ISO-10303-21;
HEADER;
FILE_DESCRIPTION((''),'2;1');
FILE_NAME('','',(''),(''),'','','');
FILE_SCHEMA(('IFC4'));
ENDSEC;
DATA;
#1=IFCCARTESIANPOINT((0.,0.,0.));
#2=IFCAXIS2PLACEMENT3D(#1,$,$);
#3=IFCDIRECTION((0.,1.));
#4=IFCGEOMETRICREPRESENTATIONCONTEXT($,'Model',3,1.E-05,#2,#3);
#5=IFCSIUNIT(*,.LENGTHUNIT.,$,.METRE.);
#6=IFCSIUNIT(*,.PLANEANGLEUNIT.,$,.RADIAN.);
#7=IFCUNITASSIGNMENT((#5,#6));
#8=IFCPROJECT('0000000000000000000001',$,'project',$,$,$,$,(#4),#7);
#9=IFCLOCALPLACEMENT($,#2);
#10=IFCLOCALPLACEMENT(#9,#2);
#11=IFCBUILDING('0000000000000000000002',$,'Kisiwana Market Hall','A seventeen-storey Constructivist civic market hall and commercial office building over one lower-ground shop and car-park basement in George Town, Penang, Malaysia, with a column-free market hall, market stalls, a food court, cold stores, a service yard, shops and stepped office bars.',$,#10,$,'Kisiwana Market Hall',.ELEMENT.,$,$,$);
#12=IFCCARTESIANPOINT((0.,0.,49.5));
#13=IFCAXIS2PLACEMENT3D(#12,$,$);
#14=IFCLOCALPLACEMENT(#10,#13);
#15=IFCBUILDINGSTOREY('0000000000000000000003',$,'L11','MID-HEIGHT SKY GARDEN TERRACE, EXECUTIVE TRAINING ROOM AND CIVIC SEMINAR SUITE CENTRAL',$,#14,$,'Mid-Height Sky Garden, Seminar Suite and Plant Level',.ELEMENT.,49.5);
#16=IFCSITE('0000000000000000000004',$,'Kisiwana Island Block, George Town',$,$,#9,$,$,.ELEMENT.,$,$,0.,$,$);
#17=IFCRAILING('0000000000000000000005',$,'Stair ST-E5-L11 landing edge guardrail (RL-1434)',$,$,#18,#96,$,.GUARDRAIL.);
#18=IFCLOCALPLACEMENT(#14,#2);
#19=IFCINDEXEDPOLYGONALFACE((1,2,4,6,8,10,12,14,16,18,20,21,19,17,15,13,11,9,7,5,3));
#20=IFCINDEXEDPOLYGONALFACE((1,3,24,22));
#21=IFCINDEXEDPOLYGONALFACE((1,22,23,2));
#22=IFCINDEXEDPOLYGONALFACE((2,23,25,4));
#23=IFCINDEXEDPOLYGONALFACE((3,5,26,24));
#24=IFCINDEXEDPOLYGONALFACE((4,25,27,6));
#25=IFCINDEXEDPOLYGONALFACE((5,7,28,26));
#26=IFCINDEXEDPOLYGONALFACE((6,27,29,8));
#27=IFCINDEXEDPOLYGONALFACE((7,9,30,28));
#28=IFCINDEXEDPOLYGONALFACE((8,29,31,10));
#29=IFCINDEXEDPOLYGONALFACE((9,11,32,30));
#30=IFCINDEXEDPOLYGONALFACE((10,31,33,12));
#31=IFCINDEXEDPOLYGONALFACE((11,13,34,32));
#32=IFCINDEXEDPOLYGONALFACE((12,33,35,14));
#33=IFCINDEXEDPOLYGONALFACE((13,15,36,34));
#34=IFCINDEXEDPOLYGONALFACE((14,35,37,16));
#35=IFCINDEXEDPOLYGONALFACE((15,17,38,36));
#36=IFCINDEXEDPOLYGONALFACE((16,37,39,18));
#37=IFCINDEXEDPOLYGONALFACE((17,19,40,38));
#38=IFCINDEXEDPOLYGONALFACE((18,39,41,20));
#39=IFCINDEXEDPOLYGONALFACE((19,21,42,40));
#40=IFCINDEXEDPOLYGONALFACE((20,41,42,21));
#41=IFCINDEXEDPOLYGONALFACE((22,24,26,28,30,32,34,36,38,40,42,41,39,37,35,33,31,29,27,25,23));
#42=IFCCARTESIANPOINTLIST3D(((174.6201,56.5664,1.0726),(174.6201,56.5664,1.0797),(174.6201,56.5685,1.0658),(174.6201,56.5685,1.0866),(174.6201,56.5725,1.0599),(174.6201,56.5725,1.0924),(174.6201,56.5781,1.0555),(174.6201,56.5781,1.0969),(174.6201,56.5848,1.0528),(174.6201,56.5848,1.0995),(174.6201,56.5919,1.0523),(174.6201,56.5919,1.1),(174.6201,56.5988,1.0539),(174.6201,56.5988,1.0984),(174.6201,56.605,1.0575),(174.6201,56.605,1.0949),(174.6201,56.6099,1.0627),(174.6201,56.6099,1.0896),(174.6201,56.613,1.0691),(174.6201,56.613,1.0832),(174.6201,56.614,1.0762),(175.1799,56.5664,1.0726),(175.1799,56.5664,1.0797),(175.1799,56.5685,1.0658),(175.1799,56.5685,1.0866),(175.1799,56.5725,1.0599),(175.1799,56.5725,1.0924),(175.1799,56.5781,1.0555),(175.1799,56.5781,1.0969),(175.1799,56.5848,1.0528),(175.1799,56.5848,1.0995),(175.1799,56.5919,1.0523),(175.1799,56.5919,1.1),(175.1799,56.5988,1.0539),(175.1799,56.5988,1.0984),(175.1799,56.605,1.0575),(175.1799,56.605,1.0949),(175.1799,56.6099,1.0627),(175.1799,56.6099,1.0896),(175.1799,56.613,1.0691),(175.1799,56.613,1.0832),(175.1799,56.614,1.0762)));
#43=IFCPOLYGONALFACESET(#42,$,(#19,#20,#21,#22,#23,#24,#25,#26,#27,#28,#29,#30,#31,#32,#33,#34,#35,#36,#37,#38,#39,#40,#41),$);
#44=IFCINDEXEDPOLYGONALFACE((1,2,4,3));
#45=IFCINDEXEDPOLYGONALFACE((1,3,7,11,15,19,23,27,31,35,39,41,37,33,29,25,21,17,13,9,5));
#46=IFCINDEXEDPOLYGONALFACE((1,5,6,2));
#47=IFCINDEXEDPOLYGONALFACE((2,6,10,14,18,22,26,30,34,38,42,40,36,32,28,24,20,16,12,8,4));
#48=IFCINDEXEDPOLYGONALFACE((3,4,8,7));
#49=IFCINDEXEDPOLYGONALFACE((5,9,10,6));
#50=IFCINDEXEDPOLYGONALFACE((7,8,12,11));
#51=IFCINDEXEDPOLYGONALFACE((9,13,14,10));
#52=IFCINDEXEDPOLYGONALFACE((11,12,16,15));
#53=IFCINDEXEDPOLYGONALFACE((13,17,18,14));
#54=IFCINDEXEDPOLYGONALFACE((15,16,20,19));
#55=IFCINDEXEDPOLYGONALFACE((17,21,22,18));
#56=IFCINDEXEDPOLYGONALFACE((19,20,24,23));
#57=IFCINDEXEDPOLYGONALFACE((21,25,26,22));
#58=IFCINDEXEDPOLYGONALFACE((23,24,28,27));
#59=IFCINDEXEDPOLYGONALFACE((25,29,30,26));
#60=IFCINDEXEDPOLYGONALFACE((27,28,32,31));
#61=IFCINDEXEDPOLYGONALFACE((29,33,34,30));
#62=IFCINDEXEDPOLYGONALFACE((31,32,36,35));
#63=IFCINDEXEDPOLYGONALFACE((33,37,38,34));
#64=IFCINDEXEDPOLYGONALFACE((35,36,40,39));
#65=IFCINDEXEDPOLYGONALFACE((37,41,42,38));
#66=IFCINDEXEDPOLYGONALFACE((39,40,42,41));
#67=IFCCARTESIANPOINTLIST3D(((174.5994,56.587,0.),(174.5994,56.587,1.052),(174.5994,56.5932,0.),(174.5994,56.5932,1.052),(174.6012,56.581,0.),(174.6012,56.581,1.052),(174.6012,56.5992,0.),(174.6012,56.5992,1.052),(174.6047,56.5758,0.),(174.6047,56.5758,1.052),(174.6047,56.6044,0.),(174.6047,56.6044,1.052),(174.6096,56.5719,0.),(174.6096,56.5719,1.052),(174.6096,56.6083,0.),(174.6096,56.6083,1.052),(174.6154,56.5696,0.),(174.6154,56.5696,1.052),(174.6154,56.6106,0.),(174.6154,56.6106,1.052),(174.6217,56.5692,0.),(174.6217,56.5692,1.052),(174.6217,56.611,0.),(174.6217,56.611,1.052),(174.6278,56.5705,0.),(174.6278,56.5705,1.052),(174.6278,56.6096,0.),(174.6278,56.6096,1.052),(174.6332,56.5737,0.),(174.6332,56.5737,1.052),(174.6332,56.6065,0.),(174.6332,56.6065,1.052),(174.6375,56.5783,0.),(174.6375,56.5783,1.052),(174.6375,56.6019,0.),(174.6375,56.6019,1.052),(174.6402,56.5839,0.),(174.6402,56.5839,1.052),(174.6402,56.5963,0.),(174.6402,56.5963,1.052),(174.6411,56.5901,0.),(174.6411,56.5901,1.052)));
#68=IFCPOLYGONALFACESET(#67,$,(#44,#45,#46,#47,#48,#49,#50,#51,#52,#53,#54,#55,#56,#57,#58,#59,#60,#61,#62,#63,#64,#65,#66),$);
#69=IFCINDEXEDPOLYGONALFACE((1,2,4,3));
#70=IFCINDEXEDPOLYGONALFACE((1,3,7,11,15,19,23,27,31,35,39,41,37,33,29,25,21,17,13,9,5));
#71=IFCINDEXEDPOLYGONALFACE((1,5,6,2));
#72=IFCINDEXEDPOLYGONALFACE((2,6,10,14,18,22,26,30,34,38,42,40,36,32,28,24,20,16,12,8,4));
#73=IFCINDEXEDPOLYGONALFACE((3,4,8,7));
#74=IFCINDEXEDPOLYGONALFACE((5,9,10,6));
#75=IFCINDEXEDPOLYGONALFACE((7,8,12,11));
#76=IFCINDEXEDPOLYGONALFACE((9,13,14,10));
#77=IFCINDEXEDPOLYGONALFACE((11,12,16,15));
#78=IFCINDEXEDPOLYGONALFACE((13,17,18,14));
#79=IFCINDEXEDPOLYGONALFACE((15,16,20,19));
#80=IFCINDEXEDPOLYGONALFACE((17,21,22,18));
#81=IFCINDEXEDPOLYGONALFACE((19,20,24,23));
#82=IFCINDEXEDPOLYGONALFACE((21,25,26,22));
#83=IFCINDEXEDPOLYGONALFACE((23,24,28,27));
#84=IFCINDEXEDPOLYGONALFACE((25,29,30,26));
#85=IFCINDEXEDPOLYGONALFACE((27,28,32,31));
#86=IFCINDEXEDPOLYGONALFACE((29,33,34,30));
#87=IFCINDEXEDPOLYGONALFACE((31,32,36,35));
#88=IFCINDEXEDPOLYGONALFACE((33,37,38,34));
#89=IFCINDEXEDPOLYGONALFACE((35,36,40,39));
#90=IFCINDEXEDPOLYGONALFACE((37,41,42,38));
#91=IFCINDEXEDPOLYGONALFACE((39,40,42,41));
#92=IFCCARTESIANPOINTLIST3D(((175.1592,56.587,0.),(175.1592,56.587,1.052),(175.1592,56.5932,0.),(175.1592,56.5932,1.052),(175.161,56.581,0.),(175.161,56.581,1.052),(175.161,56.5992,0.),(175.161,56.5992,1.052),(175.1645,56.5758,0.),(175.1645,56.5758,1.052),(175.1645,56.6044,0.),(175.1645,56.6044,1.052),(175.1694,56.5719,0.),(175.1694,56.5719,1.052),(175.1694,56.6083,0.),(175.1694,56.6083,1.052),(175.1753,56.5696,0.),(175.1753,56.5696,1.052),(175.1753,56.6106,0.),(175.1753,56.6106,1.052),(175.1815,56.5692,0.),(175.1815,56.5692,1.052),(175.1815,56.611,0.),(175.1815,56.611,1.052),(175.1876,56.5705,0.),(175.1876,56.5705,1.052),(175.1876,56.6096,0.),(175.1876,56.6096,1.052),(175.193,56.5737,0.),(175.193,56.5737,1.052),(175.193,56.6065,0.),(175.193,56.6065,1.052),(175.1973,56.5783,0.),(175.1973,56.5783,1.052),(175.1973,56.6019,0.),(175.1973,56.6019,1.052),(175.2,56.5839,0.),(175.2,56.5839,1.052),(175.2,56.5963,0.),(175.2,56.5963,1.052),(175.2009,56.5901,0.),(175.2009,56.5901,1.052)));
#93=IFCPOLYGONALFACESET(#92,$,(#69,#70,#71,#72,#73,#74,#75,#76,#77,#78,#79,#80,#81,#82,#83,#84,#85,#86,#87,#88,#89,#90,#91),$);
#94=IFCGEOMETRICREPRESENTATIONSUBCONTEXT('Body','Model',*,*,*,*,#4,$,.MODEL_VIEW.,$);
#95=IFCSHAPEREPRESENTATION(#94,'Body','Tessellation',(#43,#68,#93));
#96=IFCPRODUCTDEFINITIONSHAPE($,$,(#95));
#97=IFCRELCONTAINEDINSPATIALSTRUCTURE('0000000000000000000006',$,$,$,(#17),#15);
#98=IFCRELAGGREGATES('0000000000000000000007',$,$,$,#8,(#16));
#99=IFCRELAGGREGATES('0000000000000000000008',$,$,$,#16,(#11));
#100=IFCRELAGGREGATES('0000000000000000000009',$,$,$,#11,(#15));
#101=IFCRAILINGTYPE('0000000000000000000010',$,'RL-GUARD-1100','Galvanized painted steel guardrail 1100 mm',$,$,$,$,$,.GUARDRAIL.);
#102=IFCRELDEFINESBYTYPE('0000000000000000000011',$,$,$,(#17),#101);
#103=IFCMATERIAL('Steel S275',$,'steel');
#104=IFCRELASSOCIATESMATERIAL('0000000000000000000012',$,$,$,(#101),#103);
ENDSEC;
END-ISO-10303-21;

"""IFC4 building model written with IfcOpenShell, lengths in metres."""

from ifc_helpers import new_model, si_unit, direction, frame, origin, origin_2d, place, context, subcontext, project, spatial, circle, extrude, material, type_object, element, save


model = new_model("IFC4")

# Units and contexts
model_context = context("Model", 3, precision=1e-05, world=origin(), true_north=direction((0.0, 1.0)))
body_context = subcontext(model_context, "Body", "Model", "MODEL_VIEW")
ifc_project = project(units=[si_unit("LENGTHUNIT", "METRE"), si_unit("PLANEANGLEUNIT", "RADIAN")], contexts=[model_context])

# Site, building, storey
site_placement = place(None, origin())
site = spatial("IfcSite", under=ifc_project, at=site_placement, Name="Kisiwana Island Block, George Town", CompositionType="ELEMENT", RefElevation=0.0)
building_placement = place(site_placement, origin())
building = spatial("IfcBuilding", under=site, at=building_placement, Name="Kisiwana Market Hall", Description="A seventeen-storey Constructivist civic market hall and commercial office building over one lower-ground shop and car-park basement in George Town, Penang, Malaysia, with a column-free market hall, market stalls, a food court, cold stores, a service yard, shops and stepped office bars.", LongName="Kisiwana Market Hall", CompositionType="ELEMENT")
storey_placement = place(building_placement, frame((0.0, 0.0, 49.5)))
storey = spatial("IfcBuildingStorey", under=building, at=storey_placement, Name="L11", Description="MID-HEIGHT SKY GARDEN TERRACE, EXECUTIVE TRAINING ROOM AND CIVIC SEMINAR SUITE CENTRAL", LongName="Mid-Height Sky Garden, Seminar Suite and Plant Level", CompositionType="ELEMENT", Elevation=49.5)

# Railing
ifc_material_1 = material(Name="Steel S275", Category="steel")
railing_type_1 = type_object("IfcRailingType", Name="RL-GUARD-1100", Description="Galvanized painted steel guardrail 1100 mm", PredefinedType="GUARDRAIL", material=ifc_material_1)
railing_1_placement = place(storey_placement, frame((174.6201, 56.5901, 0.0)))
element("IfcRailing", 1, at=railing_1_placement, inside=storey, type_object=railing_type_1, Name="Stair ST-E5-L11 landing edge guardrail (RL-1434)", PredefinedType="GUARDRAIL", context=body_context, shape_type="SweptSolid", body=[
    extrude(circle(Radius=0.0239, at=origin_2d()), frame((0.0, 0.0, 1.0762), z_axis=(1.0, 0.0, 0.0), x_axis=(0.0, 1.0, 0.0)), (0.0, 0.0, 1.0), 0.5598),
    extrude(circle(Radius=0.021, at=origin_2d()), origin(), (0.0, 0.0, 1.0), 1.052),
    extrude(circle(Radius=0.021, at=origin_2d()), frame((0.5598, 0.0, 0.0)), (0.0, 0.0, 1.0), 1.052),
])

save(model, "model.ifc")
